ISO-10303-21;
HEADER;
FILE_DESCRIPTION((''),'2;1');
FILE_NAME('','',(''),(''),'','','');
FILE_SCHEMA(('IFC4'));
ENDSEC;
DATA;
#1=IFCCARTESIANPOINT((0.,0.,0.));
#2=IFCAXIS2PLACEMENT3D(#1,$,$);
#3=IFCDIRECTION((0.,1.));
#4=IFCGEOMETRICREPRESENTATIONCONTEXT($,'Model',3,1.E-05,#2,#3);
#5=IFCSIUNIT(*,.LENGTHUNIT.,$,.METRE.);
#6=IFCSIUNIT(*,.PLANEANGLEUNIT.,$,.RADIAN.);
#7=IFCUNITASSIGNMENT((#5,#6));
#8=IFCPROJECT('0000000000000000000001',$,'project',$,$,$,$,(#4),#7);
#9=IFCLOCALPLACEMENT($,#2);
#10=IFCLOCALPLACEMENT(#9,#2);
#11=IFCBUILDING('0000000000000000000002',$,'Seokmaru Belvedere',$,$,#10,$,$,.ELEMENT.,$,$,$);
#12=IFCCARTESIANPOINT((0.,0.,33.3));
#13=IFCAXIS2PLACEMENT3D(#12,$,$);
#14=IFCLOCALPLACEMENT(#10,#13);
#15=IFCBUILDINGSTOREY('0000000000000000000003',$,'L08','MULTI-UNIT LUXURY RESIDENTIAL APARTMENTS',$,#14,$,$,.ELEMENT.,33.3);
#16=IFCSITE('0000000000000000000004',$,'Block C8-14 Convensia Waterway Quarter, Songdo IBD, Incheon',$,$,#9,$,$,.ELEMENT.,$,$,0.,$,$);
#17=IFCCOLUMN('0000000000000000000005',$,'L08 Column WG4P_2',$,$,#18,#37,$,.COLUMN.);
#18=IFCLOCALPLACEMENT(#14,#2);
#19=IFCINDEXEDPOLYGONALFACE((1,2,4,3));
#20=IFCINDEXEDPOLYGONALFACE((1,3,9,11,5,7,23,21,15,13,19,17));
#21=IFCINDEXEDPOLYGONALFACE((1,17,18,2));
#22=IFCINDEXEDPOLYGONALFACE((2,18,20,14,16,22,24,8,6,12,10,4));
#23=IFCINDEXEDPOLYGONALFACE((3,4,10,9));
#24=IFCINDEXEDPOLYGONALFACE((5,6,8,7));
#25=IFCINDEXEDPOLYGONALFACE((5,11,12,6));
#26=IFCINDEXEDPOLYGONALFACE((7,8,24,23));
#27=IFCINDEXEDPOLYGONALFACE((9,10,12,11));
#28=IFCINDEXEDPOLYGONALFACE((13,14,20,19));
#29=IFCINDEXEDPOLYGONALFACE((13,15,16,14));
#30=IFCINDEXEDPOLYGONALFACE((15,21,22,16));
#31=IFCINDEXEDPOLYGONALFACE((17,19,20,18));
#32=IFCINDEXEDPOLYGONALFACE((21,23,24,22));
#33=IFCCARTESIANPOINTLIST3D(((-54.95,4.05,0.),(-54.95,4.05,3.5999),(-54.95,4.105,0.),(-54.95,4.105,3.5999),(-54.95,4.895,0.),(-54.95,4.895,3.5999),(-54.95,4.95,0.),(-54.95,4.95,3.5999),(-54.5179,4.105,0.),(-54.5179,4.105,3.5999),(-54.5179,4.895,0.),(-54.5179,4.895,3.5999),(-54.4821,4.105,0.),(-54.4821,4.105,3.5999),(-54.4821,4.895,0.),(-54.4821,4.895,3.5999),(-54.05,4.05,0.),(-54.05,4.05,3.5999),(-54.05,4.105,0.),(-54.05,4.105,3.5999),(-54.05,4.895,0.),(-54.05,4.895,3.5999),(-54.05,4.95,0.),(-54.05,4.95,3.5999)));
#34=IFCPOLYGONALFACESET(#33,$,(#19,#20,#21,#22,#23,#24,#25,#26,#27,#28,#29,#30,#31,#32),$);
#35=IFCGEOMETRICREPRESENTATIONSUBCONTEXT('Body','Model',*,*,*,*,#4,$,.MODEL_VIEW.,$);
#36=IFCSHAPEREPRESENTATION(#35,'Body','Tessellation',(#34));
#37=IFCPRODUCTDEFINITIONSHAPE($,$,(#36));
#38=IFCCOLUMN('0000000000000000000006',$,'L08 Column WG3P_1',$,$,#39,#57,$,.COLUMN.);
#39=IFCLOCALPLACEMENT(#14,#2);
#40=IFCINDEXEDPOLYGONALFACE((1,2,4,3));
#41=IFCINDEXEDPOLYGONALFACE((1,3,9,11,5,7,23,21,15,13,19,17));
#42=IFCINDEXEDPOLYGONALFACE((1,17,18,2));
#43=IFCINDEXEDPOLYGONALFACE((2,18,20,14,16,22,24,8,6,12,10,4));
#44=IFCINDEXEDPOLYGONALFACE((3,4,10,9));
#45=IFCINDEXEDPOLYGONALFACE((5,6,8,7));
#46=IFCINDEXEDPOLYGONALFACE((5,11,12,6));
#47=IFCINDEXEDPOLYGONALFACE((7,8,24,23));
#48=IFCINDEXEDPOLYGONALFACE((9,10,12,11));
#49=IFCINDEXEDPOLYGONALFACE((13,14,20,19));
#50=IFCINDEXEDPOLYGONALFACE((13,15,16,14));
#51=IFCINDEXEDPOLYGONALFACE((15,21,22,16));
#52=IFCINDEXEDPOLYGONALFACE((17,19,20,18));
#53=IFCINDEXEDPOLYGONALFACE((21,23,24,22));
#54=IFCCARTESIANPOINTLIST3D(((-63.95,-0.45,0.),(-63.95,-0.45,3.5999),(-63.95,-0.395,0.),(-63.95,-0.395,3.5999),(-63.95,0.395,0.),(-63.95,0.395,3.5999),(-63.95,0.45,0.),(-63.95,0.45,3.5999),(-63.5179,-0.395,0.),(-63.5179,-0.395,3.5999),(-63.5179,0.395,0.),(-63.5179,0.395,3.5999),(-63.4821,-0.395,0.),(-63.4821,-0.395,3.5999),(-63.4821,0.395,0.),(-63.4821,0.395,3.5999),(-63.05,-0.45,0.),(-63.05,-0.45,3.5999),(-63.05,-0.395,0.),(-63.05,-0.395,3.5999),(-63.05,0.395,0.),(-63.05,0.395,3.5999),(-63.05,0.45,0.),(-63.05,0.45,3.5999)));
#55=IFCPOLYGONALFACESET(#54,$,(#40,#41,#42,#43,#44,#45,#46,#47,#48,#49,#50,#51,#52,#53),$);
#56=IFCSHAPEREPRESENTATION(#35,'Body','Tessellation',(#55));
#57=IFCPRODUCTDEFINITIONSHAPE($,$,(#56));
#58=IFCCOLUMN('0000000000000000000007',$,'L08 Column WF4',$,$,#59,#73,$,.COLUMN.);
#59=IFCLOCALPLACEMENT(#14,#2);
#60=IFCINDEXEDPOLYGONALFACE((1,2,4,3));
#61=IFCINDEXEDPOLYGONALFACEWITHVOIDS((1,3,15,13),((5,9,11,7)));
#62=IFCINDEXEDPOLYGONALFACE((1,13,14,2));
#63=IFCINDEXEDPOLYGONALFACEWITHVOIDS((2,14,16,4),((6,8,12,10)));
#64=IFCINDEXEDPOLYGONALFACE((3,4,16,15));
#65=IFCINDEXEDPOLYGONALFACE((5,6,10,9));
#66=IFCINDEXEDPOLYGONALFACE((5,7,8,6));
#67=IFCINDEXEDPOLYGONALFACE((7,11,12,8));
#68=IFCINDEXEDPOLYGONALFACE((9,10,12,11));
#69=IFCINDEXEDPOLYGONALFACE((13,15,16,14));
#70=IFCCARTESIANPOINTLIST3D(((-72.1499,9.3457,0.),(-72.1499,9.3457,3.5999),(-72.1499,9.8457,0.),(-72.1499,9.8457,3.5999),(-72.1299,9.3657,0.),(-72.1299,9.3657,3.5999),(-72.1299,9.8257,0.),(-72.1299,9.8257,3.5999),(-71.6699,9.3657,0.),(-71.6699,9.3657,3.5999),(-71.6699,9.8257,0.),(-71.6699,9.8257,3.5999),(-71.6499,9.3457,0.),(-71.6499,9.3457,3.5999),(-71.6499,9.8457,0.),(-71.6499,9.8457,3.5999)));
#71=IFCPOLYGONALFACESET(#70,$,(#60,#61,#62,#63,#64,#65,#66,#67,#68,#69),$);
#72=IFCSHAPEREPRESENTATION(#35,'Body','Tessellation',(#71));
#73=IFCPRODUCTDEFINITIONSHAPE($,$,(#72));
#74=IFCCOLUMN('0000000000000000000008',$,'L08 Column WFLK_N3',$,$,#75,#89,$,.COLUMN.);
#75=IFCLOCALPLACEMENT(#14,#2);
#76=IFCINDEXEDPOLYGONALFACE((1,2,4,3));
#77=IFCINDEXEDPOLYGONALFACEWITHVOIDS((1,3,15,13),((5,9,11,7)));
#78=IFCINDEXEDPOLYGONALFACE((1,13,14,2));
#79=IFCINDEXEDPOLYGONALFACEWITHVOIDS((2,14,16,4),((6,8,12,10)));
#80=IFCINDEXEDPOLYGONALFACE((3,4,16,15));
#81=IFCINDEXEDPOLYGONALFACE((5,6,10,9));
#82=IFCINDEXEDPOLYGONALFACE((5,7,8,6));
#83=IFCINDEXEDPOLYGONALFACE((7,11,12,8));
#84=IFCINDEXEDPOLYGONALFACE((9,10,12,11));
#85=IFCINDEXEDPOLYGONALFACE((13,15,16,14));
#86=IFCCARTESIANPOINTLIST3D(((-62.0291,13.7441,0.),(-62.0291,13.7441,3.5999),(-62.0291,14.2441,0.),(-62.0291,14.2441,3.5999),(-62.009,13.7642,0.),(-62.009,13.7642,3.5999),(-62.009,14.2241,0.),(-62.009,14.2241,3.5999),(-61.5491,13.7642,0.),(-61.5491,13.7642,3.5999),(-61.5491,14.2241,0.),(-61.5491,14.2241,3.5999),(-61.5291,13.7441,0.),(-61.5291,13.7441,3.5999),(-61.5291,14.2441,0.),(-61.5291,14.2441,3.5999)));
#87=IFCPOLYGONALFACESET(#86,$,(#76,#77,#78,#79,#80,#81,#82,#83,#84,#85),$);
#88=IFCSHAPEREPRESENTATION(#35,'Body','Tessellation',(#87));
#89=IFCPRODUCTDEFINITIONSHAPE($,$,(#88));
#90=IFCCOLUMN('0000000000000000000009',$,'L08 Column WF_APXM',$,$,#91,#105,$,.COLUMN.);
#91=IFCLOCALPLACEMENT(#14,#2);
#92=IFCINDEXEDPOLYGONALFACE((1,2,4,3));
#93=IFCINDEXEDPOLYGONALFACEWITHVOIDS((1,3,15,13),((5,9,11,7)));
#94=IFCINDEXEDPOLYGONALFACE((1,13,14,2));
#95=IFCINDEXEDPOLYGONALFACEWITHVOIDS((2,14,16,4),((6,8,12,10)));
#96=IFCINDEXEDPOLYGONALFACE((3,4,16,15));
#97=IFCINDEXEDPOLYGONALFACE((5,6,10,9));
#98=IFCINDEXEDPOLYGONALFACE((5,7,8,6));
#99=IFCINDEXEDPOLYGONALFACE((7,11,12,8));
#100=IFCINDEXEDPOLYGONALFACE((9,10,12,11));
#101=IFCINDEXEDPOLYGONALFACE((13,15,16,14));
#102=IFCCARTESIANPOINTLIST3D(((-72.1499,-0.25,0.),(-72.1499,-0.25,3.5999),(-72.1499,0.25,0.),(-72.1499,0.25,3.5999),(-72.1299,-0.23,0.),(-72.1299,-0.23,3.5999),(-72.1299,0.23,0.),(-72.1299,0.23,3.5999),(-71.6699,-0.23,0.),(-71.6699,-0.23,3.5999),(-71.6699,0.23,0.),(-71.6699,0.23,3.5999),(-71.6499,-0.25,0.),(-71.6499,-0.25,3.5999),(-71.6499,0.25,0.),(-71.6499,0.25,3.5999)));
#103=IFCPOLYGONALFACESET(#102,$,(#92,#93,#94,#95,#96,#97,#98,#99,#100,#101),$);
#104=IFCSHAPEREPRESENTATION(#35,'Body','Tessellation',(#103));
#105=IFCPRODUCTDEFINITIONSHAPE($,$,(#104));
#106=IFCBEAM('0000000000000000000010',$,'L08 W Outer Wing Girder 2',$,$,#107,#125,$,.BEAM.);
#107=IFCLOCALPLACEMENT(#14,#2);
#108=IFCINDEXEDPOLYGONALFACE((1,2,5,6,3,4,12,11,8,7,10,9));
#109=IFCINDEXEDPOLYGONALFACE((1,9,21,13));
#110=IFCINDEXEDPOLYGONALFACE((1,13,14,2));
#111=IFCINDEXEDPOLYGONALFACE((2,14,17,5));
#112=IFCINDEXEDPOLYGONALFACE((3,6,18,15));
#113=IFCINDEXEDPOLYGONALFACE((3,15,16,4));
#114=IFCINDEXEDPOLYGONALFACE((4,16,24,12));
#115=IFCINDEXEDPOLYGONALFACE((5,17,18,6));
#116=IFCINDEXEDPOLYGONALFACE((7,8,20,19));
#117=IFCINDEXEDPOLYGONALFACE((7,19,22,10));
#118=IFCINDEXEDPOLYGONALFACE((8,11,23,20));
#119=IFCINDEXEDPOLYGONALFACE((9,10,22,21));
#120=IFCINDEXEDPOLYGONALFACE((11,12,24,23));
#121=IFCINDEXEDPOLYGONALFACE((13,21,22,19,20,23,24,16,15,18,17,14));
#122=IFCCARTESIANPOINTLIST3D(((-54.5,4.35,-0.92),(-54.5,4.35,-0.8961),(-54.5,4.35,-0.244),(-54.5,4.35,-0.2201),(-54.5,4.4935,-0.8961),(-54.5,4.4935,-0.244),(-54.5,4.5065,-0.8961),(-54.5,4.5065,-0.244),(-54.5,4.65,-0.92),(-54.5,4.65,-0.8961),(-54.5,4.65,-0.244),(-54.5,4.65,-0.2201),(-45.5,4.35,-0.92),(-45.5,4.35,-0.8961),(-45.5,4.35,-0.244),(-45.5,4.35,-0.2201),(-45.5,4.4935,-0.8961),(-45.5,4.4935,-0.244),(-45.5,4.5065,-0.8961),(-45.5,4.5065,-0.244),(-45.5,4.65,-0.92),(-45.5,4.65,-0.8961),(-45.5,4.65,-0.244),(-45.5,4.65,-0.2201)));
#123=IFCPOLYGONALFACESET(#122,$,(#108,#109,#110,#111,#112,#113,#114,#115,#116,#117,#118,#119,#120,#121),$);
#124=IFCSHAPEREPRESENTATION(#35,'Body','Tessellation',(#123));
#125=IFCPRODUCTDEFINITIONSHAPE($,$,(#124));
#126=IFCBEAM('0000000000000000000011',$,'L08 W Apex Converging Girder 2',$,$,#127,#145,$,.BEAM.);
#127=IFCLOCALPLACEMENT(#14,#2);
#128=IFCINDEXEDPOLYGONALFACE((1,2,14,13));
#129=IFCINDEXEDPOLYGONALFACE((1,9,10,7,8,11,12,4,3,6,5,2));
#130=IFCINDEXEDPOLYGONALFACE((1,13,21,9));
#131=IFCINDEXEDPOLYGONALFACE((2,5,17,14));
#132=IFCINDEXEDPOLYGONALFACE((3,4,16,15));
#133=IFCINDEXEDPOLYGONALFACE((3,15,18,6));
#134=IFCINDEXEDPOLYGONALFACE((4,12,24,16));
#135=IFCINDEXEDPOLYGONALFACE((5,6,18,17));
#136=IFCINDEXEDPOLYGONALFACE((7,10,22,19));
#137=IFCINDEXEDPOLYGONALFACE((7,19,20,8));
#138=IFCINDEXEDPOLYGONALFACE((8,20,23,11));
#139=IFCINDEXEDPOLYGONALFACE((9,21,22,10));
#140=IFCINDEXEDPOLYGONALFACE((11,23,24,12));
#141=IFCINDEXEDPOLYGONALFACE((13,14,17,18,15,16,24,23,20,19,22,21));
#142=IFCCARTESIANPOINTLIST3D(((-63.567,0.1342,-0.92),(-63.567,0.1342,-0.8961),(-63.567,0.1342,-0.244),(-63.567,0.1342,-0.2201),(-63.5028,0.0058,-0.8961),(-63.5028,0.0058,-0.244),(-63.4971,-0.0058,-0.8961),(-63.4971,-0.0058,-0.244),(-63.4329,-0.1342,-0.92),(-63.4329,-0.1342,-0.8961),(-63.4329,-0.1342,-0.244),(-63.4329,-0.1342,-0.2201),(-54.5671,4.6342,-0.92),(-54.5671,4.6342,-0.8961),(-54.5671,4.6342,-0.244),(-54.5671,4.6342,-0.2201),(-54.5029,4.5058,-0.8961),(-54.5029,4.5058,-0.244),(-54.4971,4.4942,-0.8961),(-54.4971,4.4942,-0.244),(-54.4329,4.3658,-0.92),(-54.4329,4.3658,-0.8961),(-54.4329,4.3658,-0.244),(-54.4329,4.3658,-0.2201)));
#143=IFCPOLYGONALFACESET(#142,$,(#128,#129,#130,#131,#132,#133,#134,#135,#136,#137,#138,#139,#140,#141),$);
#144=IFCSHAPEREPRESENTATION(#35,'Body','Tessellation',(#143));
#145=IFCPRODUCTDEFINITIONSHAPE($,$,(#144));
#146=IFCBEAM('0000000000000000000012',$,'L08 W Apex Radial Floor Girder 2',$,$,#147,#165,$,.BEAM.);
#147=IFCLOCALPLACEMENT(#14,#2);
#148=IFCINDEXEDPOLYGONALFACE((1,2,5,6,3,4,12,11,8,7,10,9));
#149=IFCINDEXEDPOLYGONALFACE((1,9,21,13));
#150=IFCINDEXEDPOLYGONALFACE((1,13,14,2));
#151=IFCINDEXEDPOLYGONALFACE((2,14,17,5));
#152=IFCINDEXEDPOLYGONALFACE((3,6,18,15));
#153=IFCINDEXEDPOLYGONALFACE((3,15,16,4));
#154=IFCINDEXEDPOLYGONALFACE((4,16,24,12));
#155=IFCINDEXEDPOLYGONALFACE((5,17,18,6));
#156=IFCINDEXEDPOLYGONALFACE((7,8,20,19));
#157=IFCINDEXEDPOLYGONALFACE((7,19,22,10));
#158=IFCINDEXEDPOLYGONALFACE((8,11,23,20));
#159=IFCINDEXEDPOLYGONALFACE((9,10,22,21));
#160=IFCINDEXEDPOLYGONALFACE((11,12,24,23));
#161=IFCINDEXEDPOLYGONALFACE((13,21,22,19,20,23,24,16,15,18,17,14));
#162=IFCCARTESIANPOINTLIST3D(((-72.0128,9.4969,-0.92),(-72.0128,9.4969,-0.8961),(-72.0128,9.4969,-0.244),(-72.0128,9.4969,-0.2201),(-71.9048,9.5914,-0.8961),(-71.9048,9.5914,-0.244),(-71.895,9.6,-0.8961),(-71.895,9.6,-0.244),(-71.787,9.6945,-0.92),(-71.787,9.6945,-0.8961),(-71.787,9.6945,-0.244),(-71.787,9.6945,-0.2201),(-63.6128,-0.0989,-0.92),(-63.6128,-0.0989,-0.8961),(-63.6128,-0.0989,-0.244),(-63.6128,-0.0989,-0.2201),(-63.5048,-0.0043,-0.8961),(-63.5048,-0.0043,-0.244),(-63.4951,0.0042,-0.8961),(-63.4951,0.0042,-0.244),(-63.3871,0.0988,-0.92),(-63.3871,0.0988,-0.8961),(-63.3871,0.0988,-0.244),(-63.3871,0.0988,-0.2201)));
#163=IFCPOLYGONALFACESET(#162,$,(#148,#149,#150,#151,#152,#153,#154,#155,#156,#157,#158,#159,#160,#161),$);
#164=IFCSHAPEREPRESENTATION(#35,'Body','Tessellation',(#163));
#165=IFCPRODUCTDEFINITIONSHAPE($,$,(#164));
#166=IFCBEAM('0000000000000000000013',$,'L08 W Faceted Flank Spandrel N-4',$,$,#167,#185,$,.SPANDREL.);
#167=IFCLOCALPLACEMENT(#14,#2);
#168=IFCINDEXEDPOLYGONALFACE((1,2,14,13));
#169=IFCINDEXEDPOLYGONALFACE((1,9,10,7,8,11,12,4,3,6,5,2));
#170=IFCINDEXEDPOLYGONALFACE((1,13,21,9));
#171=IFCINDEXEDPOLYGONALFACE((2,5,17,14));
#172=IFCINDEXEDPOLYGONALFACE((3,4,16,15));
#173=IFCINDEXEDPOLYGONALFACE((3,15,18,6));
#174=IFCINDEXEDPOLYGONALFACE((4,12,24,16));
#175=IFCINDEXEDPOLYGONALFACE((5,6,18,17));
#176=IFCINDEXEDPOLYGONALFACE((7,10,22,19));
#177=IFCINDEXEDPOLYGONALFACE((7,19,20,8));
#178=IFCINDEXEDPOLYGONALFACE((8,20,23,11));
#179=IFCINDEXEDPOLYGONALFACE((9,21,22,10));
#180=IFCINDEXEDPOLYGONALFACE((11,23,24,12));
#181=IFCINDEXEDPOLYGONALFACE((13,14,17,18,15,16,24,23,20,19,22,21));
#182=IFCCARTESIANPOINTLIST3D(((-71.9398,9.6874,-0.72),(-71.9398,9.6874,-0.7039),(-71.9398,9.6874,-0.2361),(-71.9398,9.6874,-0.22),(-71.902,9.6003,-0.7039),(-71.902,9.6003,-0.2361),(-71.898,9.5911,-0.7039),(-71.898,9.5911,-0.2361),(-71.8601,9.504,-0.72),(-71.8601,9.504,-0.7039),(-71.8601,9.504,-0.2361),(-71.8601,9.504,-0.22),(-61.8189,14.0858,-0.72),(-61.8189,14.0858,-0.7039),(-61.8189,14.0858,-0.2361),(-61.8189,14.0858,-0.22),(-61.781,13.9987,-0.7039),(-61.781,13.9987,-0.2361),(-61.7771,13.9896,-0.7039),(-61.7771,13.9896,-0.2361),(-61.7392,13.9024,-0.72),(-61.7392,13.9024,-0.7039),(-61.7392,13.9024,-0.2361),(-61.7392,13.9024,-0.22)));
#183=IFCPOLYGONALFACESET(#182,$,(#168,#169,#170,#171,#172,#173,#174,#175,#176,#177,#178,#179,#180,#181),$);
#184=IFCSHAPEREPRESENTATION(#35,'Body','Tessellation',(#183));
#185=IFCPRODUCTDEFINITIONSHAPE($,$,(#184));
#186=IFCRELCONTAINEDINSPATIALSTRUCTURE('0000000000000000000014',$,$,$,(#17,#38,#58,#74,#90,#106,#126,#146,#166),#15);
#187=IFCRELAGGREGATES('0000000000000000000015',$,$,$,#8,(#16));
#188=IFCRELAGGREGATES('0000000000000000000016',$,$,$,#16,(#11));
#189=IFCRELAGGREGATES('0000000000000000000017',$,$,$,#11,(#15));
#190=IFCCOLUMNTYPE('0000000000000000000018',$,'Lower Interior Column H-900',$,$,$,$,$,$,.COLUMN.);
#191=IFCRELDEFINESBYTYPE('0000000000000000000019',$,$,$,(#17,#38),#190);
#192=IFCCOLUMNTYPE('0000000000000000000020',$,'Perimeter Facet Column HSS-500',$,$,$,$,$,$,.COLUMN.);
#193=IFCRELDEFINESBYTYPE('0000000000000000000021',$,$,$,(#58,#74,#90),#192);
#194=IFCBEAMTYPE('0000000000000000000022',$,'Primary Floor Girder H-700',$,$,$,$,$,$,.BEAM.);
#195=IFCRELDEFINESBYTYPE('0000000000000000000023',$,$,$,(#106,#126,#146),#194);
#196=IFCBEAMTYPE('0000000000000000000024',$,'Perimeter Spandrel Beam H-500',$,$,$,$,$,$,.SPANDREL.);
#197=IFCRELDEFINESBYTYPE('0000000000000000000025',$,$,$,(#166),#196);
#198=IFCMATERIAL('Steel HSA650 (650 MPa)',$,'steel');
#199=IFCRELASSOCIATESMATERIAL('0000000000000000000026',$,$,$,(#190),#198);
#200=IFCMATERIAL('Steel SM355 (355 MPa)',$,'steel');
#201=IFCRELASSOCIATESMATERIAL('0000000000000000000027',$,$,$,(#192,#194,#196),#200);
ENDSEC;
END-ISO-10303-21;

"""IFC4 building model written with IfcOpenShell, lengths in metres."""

from ifc_helpers import new_model, si_unit, direction, frame, origin, origin_2d, place, context, subcontext, project, spatial, hollow_rectangle, i_section, extrude, source, transform, mapped, material, material_profile, profile_set, type_object, type_shapes, element, save


model = new_model("IFC4")

# Units and contexts
model_context = context("Model", 3, precision=1e-05, world=origin(), true_north=direction((0.0, 1.0)))
body_context = subcontext(model_context, "Body", "Model", "MODEL_VIEW")
ifc_project = project(units=[si_unit("LENGTHUNIT", "METRE"), si_unit("PLANEANGLEUNIT", "RADIAN")], contexts=[model_context])

# Site, building, storey
site_placement = place(None, origin())
site = spatial("IfcSite", under=ifc_project, at=site_placement, Name="Block C8-14 Convensia Waterway Quarter, Songdo IBD, Incheon", CompositionType="ELEMENT", RefElevation=0.0)
building_placement = place(site_placement, origin())
building = spatial("IfcBuilding", under=site, at=building_placement, Name="Seokmaru Belvedere", CompositionType="ELEMENT")
storey_placement = place(building_placement, frame((0.0, 0.0, 33.3)))
storey = spatial("IfcBuildingStorey", under=building, at=storey_placement, Name="L08", Description="MULTI-UNIT LUXURY RESIDENTIAL APARTMENTS", CompositionType="ELEMENT", Elevation=33.3)

# Columns
ifc_material_1 = material(Name="Steel HSA650 (650 MPa)", Category="steel")
ifc_material_profile_1 = material_profile(ifc_material_1, i_section(OverallWidth=0.8999, OverallDepth=0.8999, WebThickness=0.0359, FlangeThickness=0.0549, at=origin_2d()), Name="H-900x900x36x55")
ifc_profile_set_1 = profile_set([ifc_material_profile_1], Name="Steel HSA650 (650 MPa)")
column_type_1 = type_object("IfcColumnType", Name="Lower Interior Column H-900", PredefinedType="COLUMN", material=ifc_profile_set_1)
shared_shape_1 = source(origin(), body_context, "Body", "SweptSolid", [
    extrude(i_section(OverallWidth=0.8999, OverallDepth=0.8999, WebThickness=0.0359, FlangeThickness=0.0549, at=origin_2d()), origin(), (0.0, 0.0, 1.0), 3.5999),
])
type_shapes(column_type_1, [shared_shape_1])
for number, where, z_axis, x_axis, name in (
    (1, (-54.5, 4.5, 0.0), (0.0, 0.0, 1.0), (1.0, 0.0, 0.0), "L08 Column WG4P_2"),
    (2, (-63.5, 0.0, 0.0), (0.0, 0.0, 1.0), (1.0, 0.0, 0.0), "L08 Column WG3P_1"),
):
    element("IfcColumn", number, at=place(storey_placement, frame(where, z_axis=z_axis, x_axis=x_axis)), inside=storey, type_object=column_type_1, Name=name, PredefinedType="COLUMN", context=body_context, shape_type="MappedRepresentation", body=[
        mapped(shared_shape_1, transform((0.0, 0.0, 0.0), scale=1.0)),
    ])
ifc_material_2 = material(Name="Steel SM355 (355 MPa)", Category="steel")
ifc_material_profile_2 = material_profile(ifc_material_2, hollow_rectangle(XDim=0.5, YDim=0.5, WallThickness=0.02, at=origin_2d()), Name="HSS-500x500x20")
ifc_profile_set_2 = profile_set([ifc_material_profile_2], Name="Steel SM355 (355 MPa)")
column_type_2 = type_object("IfcColumnType", Name="Perimeter Facet Column HSS-500", PredefinedType="COLUMN", material=ifc_profile_set_2)
shared_shape_2 = source(origin(), body_context, "Body", "SweptSolid", [
    extrude(hollow_rectangle(XDim=0.5, YDim=0.5, WallThickness=0.02, at=origin_2d()), origin(), (0.0, 0.0, 1.0), 3.5999),
])
type_shapes(column_type_2, [shared_shape_2])
for number, where, z_axis, x_axis, name in (
    (3, (-71.8999, 9.5957, 0.0), (0.0, 0.0, 1.0), (1.0, 0.0, 0.0), "L08 Column WF4"),
    (4, (-61.7791, 13.9941, 0.0), (0.0, 0.0, 1.0), (1.0, 0.0, 0.0), "L08 Column WFLK_N3"),
    (5, (-71.8999, 0.0, 0.0), (0.0, 0.0, 1.0), (1.0, 0.0, 0.0), "L08 Column WF_APXM"),
):
    element("IfcColumn", number, at=place(storey_placement, frame(where, z_axis=z_axis, x_axis=x_axis)), inside=storey, type_object=column_type_2, Name=name, PredefinedType="COLUMN", context=body_context, shape_type="MappedRepresentation", body=[
        mapped(shared_shape_2, transform((0.0, 0.0, 0.0), scale=1.0)),
    ])

# Beams
ifc_material_profile_3 = material_profile(ifc_material_2, i_section(OverallWidth=0.3, OverallDepth=0.7, WebThickness=0.0129, FlangeThickness=0.0239, at=origin_2d()), Name="H-700x300x13x24")
ifc_profile_set_3 = profile_set([ifc_material_profile_3], Name="Steel SM355 (355 MPa)")
beam_type_1 = type_object("IfcBeamType", Name="Primary Floor Girder H-700", PredefinedType="BEAM", material=ifc_profile_set_3)
shared_shape_3 = source(origin(), body_context, "Body", "SweptSolid", [
    extrude(i_section(OverallWidth=0.3, OverallDepth=0.7, WebThickness=0.0129, FlangeThickness=0.0239, at=origin_2d()), origin(), (0.0, 0.0, 1.0), 9.0),
])
beam_1_placement = place(storey_placement, frame((-54.5, 4.5, -0.5701), z_axis=(1.0, 0.0, 0.0), x_axis=(0.0, 1.0, 0.0)))
element("IfcBeam", 6, at=beam_1_placement, inside=storey, type_object=beam_type_1, Name="L08 W Outer Wing Girder 2", PredefinedType="BEAM", context=body_context, shape_type="MappedRepresentation", body=[
    mapped(shared_shape_3, transform((0.0, 0.0, 0.0), scale=1.0)),
])
shared_shape_4 = source(origin(), body_context, "Body", "SweptSolid", [
    extrude(i_section(OverallWidth=0.3, OverallDepth=0.7, WebThickness=0.0129, FlangeThickness=0.0239, at=origin_2d()), origin(), (0.0, 0.0, 1.0), 10.0623),
])
beam_2_placement = place(storey_placement, frame((-54.5, 4.5, -0.5701), z_axis=(-0.894427, -0.447214, 0.0), x_axis=(0.447214, -0.894427, 0.0)))
element("IfcBeam", 7, at=beam_2_placement, inside=storey, type_object=beam_type_1, Name="L08 W Apex Converging Girder 2", PredefinedType="BEAM", context=body_context, shape_type="MappedRepresentation", body=[
    mapped(shared_shape_4, transform((0.0, 0.0, 0.0), scale=1.0)),
])
shared_shape_5 = source(origin(), body_context, "Body", "SweptSolid", [
    extrude(i_section(OverallWidth=0.3, OverallDepth=0.7, WebThickness=0.0129, FlangeThickness=0.0239, at=origin_2d()), origin(), (0.0, 0.0, 1.0), 12.7529),
])
beam_3_placement = place(storey_placement, frame((-71.8999, 9.5957, -0.5701), z_axis=(0.658667, -0.752434, 0.0), x_axis=(0.752434, 0.658667, 0.0)))
element("IfcBeam", 8, at=beam_3_placement, inside=storey, type_object=beam_type_1, Name="L08 W Apex Radial Floor Girder 2", PredefinedType="BEAM", context=body_context, shape_type="MappedRepresentation", body=[
    mapped(shared_shape_5, transform((0.0, 0.0, 0.0), scale=1.0)),
])
ifc_material_profile_4 = material_profile(ifc_material_2, i_section(OverallWidth=0.2, OverallDepth=0.5, WebThickness=0.01, FlangeThickness=0.0161, at=origin_2d()), Name="H-500x200x10x16")
ifc_profile_set_4 = profile_set([ifc_material_profile_4], Name="Steel SM355 (355 MPa)")
beam_type_2 = type_object("IfcBeamType", Name="Perimeter Spandrel Beam H-500", PredefinedType="SPANDREL", material=ifc_profile_set_4)
shared_shape_6 = source(origin(), body_context, "Body", "SweptSolid", [
    extrude(i_section(OverallWidth=0.2, OverallDepth=0.5, WebThickness=0.01, FlangeThickness=0.0161, at=origin_2d()), origin(), (0.0, 0.0, 1.0), 11.0354),
])
beam_4_placement = place(storey_placement, frame((-61.7791, 13.9941, -0.47), z_axis=(-0.917134, -0.398579, 0.0), x_axis=(0.398579, -0.917134, 0.0)))
element("IfcBeam", 9, at=beam_4_placement, inside=storey, type_object=beam_type_2, Name="L08 W Faceted Flank Spandrel N-4", PredefinedType="SPANDREL", context=body_context, shape_type="MappedRepresentation", body=[
    mapped(shared_shape_6, transform((0.0, 0.0, 0.0), scale=1.0)),
])

save(model, "model.ifc")
